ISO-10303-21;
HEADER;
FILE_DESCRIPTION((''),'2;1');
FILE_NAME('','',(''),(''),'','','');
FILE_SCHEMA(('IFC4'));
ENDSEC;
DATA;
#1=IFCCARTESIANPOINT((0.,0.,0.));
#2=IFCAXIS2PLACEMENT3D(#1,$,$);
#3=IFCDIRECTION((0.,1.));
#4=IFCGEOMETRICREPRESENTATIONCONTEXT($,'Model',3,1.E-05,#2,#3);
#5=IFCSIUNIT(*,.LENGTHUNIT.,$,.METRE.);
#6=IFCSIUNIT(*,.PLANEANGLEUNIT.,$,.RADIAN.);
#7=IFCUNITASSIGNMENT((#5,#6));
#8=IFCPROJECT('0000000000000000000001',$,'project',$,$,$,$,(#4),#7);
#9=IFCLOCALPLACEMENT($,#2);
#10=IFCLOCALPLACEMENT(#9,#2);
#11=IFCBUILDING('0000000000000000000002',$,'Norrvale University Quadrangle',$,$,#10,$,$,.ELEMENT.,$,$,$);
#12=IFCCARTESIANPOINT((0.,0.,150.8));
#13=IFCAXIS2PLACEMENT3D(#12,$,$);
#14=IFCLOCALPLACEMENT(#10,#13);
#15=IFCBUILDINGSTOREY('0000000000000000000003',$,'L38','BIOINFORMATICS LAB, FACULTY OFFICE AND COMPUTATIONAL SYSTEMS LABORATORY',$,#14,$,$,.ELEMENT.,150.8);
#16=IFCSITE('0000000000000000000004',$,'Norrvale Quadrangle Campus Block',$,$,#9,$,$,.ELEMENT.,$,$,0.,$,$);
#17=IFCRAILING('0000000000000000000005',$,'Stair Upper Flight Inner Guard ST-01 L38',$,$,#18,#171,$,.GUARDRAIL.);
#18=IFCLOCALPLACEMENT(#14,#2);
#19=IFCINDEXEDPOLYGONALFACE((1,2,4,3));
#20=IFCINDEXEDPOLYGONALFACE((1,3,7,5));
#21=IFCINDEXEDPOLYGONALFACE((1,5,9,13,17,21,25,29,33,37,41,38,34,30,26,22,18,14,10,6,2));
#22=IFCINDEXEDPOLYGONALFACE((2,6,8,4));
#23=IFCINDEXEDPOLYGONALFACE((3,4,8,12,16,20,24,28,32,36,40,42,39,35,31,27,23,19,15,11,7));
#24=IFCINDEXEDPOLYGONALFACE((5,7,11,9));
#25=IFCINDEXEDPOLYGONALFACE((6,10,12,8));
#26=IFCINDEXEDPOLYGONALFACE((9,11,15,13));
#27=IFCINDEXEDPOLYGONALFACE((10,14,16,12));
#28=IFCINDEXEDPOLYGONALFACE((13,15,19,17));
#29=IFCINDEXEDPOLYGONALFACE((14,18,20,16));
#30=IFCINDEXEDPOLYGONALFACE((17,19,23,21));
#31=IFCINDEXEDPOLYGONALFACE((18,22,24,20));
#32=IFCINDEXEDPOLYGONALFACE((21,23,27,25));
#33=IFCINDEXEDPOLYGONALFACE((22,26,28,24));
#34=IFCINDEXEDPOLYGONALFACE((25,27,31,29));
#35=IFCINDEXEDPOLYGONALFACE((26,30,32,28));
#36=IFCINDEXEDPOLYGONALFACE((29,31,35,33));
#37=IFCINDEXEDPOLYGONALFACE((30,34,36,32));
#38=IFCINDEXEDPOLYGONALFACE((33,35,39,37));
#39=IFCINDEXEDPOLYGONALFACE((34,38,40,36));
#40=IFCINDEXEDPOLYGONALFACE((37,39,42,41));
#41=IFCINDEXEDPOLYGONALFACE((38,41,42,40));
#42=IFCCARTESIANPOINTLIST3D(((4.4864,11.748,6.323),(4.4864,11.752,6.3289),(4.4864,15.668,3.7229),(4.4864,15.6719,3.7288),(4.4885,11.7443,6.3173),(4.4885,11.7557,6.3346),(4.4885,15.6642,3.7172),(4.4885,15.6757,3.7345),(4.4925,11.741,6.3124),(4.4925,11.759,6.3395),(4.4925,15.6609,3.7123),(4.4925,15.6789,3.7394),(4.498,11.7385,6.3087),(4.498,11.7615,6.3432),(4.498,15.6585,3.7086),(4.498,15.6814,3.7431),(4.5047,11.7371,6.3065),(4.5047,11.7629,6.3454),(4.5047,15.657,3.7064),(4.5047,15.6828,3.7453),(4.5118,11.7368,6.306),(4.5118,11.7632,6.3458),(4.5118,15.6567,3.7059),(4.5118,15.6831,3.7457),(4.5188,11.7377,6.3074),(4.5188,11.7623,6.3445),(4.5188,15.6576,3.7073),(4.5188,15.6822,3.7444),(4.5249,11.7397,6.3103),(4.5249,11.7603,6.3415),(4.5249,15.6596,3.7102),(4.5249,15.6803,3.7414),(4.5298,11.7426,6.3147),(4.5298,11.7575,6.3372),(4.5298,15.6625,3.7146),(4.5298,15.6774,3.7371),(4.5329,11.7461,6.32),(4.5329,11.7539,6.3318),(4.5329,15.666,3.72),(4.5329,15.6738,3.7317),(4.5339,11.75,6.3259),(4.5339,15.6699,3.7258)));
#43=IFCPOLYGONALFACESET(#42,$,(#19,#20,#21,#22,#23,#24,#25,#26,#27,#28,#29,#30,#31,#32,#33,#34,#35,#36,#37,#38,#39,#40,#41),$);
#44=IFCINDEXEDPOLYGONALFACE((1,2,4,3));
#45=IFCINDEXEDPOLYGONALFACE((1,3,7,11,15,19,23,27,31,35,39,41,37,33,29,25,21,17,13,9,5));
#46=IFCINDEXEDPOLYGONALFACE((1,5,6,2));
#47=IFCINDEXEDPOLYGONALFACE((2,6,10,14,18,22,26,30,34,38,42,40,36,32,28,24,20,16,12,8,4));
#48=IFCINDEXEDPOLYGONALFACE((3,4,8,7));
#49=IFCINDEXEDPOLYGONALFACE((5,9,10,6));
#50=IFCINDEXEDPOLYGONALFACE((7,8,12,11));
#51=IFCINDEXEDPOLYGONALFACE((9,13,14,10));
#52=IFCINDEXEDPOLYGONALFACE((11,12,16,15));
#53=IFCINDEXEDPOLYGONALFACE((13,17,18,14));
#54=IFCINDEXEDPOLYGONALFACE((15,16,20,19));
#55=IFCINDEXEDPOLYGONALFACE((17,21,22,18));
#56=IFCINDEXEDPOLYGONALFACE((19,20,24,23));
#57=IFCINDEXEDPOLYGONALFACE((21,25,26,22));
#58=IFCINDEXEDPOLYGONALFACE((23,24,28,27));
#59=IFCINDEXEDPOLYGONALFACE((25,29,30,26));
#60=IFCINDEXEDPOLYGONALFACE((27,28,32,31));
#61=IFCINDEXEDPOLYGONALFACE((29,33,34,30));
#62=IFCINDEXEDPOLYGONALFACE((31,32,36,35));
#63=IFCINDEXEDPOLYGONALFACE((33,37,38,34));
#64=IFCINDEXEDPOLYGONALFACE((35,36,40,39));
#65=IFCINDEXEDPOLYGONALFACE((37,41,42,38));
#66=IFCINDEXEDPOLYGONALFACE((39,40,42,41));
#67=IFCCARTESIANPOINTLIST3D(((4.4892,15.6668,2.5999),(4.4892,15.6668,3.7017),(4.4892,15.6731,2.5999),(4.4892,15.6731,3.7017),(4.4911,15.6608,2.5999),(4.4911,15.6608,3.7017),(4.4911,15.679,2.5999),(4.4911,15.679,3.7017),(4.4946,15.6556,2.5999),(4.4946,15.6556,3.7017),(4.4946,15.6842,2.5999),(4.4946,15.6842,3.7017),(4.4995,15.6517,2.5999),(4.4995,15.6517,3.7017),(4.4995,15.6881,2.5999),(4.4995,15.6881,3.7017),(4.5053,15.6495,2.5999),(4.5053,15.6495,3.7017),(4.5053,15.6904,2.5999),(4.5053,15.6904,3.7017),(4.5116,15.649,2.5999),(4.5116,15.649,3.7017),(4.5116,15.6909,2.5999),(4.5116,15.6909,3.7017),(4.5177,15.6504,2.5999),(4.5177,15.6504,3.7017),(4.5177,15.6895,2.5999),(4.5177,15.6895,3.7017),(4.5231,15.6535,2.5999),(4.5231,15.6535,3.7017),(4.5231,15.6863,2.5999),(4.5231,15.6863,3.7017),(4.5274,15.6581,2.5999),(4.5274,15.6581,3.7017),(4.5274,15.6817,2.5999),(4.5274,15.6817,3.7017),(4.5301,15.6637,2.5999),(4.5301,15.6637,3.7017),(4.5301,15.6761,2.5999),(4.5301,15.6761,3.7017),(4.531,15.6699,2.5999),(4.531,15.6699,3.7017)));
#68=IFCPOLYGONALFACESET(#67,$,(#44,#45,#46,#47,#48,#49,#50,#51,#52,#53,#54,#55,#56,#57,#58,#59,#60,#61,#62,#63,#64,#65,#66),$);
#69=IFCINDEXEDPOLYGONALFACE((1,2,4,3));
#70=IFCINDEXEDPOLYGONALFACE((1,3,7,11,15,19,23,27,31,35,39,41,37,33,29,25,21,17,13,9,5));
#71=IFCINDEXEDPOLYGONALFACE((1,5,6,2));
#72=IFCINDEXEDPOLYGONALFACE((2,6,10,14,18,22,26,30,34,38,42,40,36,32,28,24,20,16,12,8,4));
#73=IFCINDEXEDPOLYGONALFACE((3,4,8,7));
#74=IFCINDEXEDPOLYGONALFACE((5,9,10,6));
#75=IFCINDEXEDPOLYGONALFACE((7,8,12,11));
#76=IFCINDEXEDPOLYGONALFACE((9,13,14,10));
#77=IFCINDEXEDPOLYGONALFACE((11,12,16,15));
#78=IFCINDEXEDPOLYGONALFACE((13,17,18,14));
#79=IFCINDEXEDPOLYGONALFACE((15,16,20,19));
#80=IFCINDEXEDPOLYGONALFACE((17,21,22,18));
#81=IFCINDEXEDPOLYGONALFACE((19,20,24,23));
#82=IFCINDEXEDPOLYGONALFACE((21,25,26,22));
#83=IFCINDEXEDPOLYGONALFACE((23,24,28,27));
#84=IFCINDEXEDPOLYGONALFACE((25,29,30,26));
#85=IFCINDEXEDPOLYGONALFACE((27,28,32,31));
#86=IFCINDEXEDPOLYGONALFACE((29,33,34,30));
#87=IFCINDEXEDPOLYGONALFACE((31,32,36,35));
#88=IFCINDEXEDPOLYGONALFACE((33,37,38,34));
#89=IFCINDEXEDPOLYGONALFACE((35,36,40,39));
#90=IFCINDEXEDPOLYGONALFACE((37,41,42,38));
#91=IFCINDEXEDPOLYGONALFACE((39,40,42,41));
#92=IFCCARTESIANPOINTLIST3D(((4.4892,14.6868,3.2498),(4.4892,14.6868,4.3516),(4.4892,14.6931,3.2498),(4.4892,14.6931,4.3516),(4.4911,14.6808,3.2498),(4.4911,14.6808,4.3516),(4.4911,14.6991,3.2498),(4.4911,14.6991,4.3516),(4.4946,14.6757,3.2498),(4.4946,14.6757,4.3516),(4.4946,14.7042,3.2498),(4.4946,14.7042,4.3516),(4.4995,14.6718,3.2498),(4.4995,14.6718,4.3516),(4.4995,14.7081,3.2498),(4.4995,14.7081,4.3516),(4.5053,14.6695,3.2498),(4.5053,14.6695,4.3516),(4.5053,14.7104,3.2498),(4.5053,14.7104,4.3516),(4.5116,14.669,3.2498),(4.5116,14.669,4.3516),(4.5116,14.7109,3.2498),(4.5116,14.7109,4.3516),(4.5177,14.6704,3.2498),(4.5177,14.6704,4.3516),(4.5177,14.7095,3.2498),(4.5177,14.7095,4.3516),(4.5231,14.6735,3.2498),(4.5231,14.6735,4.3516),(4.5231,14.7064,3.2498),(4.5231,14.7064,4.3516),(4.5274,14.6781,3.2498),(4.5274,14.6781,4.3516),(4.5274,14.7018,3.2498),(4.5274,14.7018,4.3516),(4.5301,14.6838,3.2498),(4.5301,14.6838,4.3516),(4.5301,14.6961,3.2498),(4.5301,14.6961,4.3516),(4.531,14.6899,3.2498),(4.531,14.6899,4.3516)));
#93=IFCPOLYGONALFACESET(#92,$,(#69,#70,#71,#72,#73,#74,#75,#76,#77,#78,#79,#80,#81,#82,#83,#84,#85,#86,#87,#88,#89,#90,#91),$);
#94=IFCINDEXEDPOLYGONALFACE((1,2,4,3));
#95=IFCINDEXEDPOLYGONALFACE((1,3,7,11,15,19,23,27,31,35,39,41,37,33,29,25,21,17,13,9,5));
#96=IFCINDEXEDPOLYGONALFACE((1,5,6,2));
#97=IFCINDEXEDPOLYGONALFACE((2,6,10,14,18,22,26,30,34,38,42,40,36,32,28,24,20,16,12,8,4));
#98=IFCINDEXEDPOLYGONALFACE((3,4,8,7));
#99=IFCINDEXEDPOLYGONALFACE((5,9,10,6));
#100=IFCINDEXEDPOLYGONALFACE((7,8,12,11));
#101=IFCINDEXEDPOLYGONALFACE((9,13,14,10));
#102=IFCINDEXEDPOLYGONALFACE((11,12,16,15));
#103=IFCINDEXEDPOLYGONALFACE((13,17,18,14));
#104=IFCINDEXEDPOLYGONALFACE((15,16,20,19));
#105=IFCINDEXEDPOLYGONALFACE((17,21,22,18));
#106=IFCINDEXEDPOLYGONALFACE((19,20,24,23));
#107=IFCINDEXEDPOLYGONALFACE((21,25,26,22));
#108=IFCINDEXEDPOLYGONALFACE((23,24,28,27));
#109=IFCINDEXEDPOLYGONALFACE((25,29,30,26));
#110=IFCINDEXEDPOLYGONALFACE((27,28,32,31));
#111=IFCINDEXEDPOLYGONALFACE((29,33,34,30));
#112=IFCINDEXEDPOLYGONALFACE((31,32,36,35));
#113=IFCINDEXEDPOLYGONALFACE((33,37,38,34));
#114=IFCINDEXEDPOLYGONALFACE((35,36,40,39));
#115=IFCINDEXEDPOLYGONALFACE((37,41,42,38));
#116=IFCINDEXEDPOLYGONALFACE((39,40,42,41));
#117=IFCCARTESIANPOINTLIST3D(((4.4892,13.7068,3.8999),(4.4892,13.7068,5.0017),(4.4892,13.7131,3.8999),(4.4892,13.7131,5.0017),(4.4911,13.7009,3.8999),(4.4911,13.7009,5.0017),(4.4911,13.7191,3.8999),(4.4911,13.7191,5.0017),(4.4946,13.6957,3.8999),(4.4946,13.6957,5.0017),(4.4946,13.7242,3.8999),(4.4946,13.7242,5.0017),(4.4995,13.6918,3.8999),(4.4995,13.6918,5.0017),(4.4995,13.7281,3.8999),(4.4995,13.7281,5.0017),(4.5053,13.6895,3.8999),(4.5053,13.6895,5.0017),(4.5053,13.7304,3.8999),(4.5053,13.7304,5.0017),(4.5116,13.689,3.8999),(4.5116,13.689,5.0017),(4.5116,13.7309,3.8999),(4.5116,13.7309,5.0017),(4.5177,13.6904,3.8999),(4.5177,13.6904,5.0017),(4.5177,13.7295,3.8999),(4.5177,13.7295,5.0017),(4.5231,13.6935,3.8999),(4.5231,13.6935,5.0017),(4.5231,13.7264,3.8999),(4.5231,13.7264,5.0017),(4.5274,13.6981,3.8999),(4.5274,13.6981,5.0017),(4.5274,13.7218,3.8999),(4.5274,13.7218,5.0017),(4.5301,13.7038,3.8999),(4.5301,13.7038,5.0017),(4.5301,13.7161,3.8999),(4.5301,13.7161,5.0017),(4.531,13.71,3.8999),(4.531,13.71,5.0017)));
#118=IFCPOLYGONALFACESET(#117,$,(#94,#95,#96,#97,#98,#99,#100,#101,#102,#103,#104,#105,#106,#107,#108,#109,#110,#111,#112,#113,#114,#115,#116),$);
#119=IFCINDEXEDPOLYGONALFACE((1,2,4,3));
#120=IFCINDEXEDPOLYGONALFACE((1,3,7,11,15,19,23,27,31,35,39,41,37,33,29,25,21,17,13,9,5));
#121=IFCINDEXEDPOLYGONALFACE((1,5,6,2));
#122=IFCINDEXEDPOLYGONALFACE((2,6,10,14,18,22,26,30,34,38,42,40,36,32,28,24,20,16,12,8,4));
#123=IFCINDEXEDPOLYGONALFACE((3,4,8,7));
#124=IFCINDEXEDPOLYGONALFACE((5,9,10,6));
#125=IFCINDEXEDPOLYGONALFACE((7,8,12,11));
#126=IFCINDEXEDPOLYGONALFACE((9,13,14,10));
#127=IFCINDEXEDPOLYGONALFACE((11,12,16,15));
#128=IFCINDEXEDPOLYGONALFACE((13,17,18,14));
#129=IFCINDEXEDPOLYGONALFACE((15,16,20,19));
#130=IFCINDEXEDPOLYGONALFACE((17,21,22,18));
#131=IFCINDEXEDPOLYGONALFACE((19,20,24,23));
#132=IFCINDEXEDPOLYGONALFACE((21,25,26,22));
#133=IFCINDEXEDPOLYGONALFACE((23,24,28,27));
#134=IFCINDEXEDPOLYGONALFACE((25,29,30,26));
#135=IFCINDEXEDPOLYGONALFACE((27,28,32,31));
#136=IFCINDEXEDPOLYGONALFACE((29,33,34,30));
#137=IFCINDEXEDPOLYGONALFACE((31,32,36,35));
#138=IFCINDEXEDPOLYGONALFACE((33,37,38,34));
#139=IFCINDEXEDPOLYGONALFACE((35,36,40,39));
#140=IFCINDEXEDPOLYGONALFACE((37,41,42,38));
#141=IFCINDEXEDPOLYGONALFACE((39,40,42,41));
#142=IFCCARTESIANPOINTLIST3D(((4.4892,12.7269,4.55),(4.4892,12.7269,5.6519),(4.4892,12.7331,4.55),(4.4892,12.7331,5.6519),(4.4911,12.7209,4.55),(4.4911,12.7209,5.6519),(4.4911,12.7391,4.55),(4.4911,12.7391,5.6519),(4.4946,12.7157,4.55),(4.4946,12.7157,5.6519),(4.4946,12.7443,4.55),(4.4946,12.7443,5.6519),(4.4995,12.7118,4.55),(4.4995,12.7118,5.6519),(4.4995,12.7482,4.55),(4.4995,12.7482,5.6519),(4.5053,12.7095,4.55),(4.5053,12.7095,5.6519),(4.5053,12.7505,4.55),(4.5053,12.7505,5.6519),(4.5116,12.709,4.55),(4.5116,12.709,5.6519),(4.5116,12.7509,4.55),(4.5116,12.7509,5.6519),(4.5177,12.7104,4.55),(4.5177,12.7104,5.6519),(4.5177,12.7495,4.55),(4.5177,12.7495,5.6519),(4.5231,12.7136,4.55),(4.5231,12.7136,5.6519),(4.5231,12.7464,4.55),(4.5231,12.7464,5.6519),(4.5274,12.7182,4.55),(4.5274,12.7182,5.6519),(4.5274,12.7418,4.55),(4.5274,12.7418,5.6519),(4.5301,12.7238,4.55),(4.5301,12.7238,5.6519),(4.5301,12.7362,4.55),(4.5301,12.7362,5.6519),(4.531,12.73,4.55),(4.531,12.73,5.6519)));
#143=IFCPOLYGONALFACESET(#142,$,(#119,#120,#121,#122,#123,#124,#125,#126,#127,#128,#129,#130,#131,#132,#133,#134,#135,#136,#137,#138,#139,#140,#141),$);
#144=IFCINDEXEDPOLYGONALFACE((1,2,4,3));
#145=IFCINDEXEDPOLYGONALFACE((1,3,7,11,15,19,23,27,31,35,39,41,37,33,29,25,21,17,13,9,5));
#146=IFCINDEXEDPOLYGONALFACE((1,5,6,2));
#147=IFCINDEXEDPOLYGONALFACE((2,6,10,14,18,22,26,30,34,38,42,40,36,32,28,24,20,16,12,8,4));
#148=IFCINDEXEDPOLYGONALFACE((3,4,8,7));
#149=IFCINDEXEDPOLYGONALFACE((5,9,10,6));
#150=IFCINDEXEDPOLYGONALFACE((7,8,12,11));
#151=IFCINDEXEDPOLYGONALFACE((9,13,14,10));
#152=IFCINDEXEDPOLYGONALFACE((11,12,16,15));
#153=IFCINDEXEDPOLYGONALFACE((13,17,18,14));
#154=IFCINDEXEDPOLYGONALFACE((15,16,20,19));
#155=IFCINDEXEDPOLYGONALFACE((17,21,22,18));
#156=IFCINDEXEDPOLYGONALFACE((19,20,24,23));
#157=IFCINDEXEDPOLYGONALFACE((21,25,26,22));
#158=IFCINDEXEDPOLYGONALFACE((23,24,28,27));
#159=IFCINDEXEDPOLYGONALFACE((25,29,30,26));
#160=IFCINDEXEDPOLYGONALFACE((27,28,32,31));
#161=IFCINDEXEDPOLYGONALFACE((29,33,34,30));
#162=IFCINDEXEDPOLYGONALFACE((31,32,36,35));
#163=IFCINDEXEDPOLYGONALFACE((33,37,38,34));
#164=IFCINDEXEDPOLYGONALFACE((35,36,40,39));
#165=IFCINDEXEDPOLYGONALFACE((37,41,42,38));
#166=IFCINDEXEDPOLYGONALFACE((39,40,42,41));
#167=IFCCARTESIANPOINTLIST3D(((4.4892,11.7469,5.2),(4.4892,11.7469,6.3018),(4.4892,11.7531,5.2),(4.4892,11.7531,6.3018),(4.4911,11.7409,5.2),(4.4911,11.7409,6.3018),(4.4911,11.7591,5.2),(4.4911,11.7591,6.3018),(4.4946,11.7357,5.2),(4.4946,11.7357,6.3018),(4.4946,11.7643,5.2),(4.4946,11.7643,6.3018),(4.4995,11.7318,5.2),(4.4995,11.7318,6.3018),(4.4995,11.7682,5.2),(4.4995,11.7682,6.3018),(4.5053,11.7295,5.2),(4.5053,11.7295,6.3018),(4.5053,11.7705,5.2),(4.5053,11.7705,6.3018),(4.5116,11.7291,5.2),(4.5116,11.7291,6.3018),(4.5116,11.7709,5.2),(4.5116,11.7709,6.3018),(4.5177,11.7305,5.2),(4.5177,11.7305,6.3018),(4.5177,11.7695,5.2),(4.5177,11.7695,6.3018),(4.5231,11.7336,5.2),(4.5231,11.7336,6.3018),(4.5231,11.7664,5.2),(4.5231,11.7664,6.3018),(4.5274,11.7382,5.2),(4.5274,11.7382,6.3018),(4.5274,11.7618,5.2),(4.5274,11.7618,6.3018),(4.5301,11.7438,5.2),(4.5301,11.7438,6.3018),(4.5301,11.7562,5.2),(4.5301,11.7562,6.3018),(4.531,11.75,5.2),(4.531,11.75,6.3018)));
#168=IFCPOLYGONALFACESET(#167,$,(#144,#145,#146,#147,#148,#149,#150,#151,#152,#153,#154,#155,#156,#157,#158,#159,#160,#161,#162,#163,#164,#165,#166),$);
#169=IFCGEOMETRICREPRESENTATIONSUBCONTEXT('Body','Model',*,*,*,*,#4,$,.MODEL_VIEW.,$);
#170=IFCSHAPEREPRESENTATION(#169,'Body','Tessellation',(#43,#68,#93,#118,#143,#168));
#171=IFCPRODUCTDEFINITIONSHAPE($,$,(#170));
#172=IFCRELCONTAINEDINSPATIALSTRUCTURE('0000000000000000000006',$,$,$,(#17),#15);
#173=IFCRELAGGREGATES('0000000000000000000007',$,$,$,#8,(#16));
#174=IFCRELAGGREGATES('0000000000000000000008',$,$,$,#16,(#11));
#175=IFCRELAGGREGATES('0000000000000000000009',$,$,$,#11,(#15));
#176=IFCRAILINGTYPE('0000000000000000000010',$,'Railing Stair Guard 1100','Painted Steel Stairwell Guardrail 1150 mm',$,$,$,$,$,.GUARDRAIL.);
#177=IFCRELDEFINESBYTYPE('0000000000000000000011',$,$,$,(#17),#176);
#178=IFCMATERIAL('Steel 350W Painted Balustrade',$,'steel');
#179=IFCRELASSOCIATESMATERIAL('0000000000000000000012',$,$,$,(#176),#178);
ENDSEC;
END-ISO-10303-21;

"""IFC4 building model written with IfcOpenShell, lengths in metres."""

from ifc_helpers import new_model, si_unit, direction, frame, origin, origin_2d, place, context, subcontext, project, spatial, circle, extrude, material, type_object, element, save


model = new_model("IFC4")

# Units and contexts
model_context = context("Model", 3, precision=1e-05, world=origin(), true_north=direction((0.0, 1.0)))
body_context = subcontext(model_context, "Body", "Model", "MODEL_VIEW")
ifc_project = project(units=[si_unit("LENGTHUNIT", "METRE"), si_unit("PLANEANGLEUNIT", "RADIAN")], contexts=[model_context])

# Site, building, storey
site_placement = place(None, origin())
site = spatial("IfcSite", under=ifc_project, at=site_placement, Name="Norrvale Quadrangle Campus Block", CompositionType="ELEMENT", RefElevation=0.0)
building_placement = place(site_placement, origin())
building = spatial("IfcBuilding", under=site, at=building_placement, Name="Norrvale University Quadrangle", CompositionType="ELEMENT")
storey_placement = place(building_placement, frame((0.0, 0.0, 150.8)))
storey = spatial("IfcBuildingStorey", under=building, at=storey_placement, Name="L38", Description="BIOINFORMATICS LAB, FACULTY OFFICE AND COMPUTATIONAL SYSTEMS LABORATORY", CompositionType="ELEMENT", Elevation=150.8)

# Railing
ifc_material_1 = material(Name="Steel 350W Painted Balustrade", Category="steel")
railing_type_1 = type_object("IfcRailingType", Name="Railing Stair Guard 1100", Description="Painted Steel Stairwell Guardrail 1150 mm", PredefinedType="GUARDRAIL", material=ifc_material_1)
railing_1_placement = place(storey_placement, frame((4.51, 15.6699, 2.5999)))
element("IfcRailing", 1, at=railing_1_placement, inside=storey, type_object=railing_type_1, Name="Stair Upper Flight Inner Guard ST-01 L38", PredefinedType="GUARDRAIL", context=body_context, shape_type="SweptSolid", body=[
    extrude(circle(Radius=0.0239, at=origin_2d()), frame((0.0, 0.0, 1.126), z_axis=(0.0, -0.833342, 0.552758), x_axis=(1.0, 0.0, 0.0)), (0.0, 0.0, 1.0), 4.7039),
    extrude(circle(Radius=0.021, at=origin_2d()), origin(), (0.0, 0.0, 1.0), 1.1018),
    extrude(circle(Radius=0.021, at=origin_2d()), frame((0.0, -0.98, 0.6499)), (0.0, 0.0, 1.0), 1.1018),
    extrude(circle(Radius=0.021, at=origin_2d()), frame((0.0, -1.96, 1.3)), (0.0, 0.0, 1.0), 1.1018),
    extrude(circle(Radius=0.021, at=origin_2d()), frame((0.0, -2.9399, 1.9502)), (0.0, 0.0, 1.0), 1.1018),
    extrude(circle(Radius=0.021, at=origin_2d()), frame((0.0, -3.9199, 2.6001)), (0.0, 0.0, 1.0), 1.1018),
])

save(model, "model.ifc")
